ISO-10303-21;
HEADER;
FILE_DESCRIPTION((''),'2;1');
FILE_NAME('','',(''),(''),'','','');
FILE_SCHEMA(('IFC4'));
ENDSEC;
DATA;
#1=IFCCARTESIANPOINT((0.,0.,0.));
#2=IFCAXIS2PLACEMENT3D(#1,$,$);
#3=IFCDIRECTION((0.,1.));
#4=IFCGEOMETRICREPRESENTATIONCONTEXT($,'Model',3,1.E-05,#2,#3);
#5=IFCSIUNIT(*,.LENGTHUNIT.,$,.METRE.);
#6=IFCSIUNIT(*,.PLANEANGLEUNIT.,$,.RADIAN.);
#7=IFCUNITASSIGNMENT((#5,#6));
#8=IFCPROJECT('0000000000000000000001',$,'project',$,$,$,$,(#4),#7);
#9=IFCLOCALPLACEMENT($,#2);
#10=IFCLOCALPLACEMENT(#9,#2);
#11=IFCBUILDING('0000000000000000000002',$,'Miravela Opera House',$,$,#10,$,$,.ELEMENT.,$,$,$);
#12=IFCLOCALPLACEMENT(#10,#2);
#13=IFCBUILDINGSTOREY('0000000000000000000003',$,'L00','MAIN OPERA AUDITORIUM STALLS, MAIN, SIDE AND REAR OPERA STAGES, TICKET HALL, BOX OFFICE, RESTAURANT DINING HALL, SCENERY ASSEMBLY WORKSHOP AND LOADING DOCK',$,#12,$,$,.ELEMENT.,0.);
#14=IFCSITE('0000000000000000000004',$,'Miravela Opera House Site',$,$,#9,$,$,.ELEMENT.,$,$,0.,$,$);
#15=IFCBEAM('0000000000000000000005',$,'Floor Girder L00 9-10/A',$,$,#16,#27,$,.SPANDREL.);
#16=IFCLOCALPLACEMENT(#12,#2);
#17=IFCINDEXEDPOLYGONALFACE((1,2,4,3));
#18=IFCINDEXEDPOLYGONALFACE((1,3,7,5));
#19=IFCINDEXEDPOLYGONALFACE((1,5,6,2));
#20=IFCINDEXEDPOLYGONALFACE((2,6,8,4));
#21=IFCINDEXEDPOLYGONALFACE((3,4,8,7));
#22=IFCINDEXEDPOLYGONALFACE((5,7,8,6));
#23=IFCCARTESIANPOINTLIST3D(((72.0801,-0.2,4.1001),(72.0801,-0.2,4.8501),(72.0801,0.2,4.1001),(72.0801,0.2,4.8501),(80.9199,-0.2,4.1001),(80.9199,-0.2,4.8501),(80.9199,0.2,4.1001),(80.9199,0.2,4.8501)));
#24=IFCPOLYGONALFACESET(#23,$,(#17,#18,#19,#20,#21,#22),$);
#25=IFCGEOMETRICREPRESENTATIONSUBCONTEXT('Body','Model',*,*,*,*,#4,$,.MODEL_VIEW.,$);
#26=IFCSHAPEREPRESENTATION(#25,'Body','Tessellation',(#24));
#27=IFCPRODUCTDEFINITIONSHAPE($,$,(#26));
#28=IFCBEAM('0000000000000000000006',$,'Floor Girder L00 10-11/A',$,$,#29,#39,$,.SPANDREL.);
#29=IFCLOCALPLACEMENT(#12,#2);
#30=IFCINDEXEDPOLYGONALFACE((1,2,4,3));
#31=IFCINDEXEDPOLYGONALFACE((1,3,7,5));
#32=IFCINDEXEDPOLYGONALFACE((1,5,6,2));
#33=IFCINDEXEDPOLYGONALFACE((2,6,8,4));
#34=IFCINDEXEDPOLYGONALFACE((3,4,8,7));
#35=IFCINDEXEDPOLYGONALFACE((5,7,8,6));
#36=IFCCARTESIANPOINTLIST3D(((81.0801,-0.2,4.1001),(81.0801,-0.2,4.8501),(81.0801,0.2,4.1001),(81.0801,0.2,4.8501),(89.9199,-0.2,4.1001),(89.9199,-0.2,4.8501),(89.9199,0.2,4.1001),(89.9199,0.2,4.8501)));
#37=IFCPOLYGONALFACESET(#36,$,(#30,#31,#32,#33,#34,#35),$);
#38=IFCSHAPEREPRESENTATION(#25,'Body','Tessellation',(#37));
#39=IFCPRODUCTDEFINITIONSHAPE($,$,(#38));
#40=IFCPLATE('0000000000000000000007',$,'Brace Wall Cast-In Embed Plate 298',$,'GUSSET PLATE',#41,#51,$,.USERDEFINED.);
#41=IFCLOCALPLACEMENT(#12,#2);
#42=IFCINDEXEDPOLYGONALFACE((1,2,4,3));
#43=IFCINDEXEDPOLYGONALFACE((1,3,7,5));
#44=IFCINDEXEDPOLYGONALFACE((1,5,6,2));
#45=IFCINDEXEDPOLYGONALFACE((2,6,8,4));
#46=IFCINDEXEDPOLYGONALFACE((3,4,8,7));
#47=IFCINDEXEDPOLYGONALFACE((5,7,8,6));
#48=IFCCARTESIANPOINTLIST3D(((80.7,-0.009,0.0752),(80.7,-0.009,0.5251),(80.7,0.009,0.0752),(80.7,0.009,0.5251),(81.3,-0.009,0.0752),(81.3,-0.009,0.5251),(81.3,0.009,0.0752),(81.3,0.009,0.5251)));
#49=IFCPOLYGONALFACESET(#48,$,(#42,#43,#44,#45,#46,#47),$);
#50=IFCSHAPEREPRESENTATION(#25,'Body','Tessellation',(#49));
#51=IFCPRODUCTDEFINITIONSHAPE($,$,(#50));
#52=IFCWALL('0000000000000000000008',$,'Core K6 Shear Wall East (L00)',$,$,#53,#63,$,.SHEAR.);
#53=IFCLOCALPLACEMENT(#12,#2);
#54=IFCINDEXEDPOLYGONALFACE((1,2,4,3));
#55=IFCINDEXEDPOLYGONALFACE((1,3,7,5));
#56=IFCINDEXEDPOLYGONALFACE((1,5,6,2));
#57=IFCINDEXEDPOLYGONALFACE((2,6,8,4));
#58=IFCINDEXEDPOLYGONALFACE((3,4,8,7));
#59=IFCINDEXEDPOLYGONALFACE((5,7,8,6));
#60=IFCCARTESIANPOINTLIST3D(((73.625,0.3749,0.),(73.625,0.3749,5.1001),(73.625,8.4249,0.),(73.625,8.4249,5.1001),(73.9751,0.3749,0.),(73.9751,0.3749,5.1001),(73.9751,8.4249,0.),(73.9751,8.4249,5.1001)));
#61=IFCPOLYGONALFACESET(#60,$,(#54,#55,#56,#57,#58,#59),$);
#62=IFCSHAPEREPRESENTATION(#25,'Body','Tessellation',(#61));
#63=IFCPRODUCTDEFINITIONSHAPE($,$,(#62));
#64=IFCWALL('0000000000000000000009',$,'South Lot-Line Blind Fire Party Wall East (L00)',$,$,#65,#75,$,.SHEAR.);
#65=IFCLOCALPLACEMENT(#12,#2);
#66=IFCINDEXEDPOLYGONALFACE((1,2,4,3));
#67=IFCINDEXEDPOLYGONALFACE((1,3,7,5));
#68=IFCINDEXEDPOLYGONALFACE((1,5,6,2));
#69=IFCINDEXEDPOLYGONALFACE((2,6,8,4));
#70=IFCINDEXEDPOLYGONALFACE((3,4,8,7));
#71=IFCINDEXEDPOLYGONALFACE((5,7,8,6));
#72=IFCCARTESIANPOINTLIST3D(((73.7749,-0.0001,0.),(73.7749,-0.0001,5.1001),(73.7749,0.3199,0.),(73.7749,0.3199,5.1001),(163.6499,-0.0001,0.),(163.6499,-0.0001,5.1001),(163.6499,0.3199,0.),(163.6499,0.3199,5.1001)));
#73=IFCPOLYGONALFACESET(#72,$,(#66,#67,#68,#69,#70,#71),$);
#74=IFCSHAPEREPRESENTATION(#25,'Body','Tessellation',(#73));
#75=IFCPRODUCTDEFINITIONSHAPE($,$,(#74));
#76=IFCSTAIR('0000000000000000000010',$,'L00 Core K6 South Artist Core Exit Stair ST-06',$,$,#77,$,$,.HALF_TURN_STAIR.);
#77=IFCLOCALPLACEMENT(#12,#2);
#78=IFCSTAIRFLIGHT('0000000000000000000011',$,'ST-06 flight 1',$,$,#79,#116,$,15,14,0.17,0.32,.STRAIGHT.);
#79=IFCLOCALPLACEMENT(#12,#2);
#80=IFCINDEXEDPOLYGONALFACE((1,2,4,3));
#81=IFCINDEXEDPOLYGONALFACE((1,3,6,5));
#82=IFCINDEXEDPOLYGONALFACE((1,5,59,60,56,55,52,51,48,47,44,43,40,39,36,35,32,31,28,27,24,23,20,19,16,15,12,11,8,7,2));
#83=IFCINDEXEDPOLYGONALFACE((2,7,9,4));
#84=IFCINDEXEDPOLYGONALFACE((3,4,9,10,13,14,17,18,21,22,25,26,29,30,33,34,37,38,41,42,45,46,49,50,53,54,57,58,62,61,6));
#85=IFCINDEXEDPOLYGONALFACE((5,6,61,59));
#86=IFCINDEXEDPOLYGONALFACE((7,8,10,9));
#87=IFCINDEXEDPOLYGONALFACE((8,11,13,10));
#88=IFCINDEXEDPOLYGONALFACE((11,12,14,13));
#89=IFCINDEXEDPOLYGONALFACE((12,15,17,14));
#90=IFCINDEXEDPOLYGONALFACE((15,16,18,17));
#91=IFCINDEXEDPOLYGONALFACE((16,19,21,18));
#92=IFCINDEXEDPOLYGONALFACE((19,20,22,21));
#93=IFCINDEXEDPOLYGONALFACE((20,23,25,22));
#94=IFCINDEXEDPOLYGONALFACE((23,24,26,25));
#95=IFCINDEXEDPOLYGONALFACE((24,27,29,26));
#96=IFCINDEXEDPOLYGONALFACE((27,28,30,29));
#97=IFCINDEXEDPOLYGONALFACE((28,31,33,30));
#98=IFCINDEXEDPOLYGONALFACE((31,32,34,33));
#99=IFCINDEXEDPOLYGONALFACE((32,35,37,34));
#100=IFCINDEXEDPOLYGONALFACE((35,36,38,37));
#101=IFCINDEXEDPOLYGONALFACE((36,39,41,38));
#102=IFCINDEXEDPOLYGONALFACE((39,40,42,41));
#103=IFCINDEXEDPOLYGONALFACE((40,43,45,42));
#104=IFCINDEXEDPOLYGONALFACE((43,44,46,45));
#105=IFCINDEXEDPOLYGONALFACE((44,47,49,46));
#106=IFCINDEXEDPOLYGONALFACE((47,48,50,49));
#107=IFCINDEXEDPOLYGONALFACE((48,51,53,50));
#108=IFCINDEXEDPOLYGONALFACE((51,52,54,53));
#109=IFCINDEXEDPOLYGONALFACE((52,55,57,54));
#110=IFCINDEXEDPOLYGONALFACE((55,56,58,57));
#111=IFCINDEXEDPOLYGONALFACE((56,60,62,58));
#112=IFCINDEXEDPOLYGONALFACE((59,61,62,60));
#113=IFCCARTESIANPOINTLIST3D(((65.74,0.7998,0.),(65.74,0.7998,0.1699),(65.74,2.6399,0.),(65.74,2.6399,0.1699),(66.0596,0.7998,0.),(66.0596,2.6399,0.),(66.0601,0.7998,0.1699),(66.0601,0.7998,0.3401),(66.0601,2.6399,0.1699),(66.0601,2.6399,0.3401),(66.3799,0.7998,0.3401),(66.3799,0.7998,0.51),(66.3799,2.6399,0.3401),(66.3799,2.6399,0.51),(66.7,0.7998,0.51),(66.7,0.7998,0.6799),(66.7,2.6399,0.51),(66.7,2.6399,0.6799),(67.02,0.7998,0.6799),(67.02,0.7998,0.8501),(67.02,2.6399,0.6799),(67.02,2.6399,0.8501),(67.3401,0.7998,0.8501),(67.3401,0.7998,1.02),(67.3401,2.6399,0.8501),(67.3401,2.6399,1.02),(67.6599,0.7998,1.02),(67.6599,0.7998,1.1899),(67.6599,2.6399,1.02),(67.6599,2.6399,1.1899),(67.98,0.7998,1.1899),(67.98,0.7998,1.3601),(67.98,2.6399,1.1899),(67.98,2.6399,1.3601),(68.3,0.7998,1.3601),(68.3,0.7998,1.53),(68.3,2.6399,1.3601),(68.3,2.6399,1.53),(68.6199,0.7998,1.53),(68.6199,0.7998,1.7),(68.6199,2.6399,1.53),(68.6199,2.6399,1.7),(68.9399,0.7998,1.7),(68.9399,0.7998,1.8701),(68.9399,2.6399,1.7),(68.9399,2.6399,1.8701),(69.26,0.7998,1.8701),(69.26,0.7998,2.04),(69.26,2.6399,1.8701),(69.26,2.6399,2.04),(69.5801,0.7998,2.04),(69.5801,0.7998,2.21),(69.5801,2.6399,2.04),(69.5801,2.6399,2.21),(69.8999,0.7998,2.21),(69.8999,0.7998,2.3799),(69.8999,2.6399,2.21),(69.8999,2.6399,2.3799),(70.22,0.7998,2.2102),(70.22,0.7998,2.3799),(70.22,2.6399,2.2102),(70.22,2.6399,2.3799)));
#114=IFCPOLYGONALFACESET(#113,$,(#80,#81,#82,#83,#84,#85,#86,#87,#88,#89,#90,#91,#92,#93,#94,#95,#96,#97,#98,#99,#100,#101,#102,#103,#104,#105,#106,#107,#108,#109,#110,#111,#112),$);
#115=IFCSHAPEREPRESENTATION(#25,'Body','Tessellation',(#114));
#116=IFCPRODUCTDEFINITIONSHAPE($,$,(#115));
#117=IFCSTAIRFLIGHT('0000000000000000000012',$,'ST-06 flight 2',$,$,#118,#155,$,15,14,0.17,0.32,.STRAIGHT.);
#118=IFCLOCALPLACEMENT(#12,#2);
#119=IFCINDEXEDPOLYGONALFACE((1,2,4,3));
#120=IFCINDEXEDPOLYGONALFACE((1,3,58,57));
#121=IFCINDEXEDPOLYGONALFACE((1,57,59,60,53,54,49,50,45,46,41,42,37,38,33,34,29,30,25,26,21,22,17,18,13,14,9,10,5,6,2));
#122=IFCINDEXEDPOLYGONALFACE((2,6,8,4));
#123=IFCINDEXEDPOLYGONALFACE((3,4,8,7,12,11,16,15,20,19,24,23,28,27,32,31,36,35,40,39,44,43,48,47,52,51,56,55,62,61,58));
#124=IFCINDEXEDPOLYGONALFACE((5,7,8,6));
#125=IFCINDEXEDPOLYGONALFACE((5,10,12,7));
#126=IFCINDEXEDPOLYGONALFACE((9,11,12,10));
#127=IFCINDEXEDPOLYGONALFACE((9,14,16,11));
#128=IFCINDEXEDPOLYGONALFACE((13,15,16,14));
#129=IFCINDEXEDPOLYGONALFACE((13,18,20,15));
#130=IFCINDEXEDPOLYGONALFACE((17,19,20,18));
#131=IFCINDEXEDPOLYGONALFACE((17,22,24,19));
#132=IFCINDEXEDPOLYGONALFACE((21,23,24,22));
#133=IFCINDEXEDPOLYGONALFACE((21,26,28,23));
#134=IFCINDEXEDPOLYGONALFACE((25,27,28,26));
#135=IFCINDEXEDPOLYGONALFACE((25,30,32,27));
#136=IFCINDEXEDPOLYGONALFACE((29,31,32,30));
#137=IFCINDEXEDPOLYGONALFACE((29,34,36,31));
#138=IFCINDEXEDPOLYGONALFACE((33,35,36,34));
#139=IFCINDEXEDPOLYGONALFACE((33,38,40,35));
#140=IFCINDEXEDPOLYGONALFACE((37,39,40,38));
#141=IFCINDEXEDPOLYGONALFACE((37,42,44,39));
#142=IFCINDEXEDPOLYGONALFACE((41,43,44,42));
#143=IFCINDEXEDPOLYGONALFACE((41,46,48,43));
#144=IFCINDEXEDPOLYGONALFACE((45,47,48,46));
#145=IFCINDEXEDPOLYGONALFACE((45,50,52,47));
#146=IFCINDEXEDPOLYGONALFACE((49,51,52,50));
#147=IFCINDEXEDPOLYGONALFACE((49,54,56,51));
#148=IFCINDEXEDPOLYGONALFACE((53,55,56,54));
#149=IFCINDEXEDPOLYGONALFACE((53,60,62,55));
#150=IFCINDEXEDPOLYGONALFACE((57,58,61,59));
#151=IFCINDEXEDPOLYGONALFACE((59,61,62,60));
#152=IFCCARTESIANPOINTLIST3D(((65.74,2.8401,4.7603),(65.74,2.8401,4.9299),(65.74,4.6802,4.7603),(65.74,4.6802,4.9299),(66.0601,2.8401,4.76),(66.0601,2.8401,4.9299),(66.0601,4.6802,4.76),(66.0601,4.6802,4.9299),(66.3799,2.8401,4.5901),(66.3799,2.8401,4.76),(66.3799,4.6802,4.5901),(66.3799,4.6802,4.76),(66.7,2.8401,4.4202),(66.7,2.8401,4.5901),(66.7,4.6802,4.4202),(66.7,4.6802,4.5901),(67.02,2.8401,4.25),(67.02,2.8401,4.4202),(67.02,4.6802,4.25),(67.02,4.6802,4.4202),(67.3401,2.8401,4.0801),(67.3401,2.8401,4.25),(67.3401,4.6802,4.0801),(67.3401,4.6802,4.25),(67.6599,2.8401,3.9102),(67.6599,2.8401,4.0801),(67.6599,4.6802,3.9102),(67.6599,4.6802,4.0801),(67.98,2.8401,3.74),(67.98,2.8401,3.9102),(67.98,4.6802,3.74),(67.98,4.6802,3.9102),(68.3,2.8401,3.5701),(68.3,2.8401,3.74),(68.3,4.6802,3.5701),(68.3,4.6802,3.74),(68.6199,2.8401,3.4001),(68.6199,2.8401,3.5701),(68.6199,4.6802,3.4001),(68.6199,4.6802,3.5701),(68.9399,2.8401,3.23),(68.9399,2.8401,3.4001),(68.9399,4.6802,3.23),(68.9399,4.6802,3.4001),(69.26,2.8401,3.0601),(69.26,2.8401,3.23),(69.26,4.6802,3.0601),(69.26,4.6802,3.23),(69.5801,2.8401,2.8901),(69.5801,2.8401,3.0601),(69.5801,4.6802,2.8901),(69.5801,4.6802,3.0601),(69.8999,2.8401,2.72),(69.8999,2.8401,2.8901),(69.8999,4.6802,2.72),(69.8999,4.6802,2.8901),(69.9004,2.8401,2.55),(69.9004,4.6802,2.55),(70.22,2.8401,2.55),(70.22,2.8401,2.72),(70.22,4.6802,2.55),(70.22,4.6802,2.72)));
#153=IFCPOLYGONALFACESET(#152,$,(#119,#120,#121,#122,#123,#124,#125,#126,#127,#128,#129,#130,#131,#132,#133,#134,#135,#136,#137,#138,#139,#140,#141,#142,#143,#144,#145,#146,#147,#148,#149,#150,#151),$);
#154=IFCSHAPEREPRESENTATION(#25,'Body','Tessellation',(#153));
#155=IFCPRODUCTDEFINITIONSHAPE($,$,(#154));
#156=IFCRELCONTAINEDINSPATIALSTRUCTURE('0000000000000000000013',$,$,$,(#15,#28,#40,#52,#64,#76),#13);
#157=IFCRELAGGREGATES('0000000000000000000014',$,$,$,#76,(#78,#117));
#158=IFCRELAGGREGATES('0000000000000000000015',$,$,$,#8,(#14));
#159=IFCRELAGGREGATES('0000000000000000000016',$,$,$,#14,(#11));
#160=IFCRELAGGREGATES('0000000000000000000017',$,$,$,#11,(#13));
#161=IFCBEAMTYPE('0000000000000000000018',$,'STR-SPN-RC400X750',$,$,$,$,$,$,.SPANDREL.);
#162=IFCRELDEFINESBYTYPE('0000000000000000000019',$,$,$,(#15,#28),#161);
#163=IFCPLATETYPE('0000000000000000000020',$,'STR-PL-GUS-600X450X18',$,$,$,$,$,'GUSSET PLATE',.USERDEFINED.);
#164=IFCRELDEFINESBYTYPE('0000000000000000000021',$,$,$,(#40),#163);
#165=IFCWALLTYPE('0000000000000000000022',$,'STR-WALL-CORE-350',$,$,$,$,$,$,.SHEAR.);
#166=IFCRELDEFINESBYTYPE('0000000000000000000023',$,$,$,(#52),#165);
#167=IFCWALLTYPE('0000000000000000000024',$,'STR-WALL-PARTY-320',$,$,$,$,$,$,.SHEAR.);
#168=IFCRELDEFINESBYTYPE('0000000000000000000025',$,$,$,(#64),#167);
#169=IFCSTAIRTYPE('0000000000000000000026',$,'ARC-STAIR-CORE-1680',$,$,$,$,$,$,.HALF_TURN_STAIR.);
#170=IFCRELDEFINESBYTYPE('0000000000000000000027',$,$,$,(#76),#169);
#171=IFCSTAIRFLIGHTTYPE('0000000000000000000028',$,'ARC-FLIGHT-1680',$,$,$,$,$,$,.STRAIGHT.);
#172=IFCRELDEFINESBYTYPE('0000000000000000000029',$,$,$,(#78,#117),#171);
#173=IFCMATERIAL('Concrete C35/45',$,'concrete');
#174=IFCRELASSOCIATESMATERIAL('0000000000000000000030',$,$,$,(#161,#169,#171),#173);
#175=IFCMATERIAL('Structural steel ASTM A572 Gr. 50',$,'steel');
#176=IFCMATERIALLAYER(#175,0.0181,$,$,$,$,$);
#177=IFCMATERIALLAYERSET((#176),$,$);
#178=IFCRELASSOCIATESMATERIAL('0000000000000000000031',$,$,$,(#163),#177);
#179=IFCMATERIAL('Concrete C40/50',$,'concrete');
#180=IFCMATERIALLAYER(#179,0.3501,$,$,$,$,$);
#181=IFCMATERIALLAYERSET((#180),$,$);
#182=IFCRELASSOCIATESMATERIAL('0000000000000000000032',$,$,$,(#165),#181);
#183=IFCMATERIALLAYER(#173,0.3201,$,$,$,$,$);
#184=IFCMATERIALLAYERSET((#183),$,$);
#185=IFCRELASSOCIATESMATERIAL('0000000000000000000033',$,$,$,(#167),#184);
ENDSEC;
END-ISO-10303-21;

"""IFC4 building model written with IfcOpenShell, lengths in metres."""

from ifc_helpers import new_model, si_unit, direction, frame, frame_2d, origin, origin_2d, place, context, subcontext, project, spatial, polyline, rectangle, outline, extrude, material, layer, layer_set, material_profile, profile_set, type_object, element, aggregate, save


model = new_model("IFC4")

# Units and contexts
model_context = context("Model", 3, precision=1e-05, world=origin(), true_north=direction((0.0, 1.0)))
body_context = subcontext(model_context, "Body", "Model", "MODEL_VIEW")
ifc_project = project(units=[si_unit("LENGTHUNIT", "METRE"), si_unit("PLANEANGLEUNIT", "RADIAN")], contexts=[model_context])

# Site, building, storey
site_placement = place(None, origin())
site = spatial("IfcSite", under=ifc_project, at=site_placement, Name="Miravela Opera House Site", CompositionType="ELEMENT", RefElevation=0.0)
building_placement = place(site_placement, origin())
building = spatial("IfcBuilding", under=site, at=building_placement, Name="Miravela Opera House", CompositionType="ELEMENT")
storey_placement = place(building_placement, origin())
storey = spatial("IfcBuildingStorey", under=building, at=storey_placement, Name="L00", Description="MAIN OPERA AUDITORIUM STALLS, MAIN, SIDE AND REAR OPERA STAGES, TICKET HALL, BOX OFFICE, RESTAURANT DINING HALL, SCENERY ASSEMBLY WORKSHOP AND LOADING DOCK", CompositionType="ELEMENT", Elevation=0.0)

# Shared definitions
ifc_material_1 = material(Name="Concrete C35/45", Category="concrete")

# Beams
ifc_material_profile_1 = material_profile(ifc_material_1, rectangle(XDim=0.3999, YDim=0.75, at=origin_2d()), Name="RC-SPN-400X750")
ifc_profile_set_1 = profile_set([ifc_material_profile_1])
beam_type_1 = type_object("IfcBeamType", Name="STR-SPN-RC400X750", PredefinedType="SPANDREL", material=ifc_profile_set_1)
for number, where, z_axis, x_axis, name in (
    (1, (72.0801, 0.0, 4.4751), (1.0, 0.0, 0.0), (0.0, 1.0, 0.0), "Floor Girder L00 9-10/A"),
    (2, (81.0801, 0.0, 4.4751), (1.0, 0.0, 0.0), (0.0, 1.0, 0.0), "Floor Girder L00 10-11/A"),
):
    element("IfcBeam", number, at=place(storey_placement, frame(where, z_axis=z_axis, x_axis=x_axis)), inside=storey, type_object=beam_type_1, Name=name, PredefinedType="SPANDREL", context=body_context, shape_type="SweptSolid", body=[
        extrude(rectangle(XDim=0.3999, YDim=0.75, at=origin_2d()), origin(), (0.0, 0.0, 1.0), 8.8398),
    ])

# Plate
ifc_material_2 = material(Name="Structural steel ASTM A572 Gr. 50", Category="steel")
ifc_layer_1 = layer(ifc_material_2, 0.0181)
ifc_layer_set_1 = layer_set([ifc_layer_1])
plate_type = type_object("IfcPlateType", Name="STR-PL-GUS-600X450X18", ElementType="GUSSET PLATE", PredefinedType="USERDEFINED", material=ifc_layer_set_1)
plate_placement = place(storey_placement, frame((81.0, 0.0, 0.0752), z_axis=(0.0, 0.0, 1.0), x_axis=(1.0, 0.0, 0.0)))
element("IfcPlate", 3, at=plate_placement, inside=storey, type_object=plate_type, Name="Brace Wall Cast-In Embed Plate 298", ObjectType="GUSSET PLATE", PredefinedType="USERDEFINED", context=body_context, shape_type="SweptSolid", body=[
    extrude(rectangle(XDim=0.6001, YDim=0.0181, at=origin_2d()), origin(), (0.0, 0.0, 1.0), 0.45),
])

# Walls
ifc_material_3 = material(Name="Concrete C40/50", Category="concrete")
ifc_layer_2 = layer(ifc_material_3, 0.3501)
ifc_layer_set_2 = layer_set([ifc_layer_2])
wall_type_1 = type_object("IfcWallType", Name="STR-WALL-CORE-350", PredefinedType="SHEAR", material=ifc_layer_set_2)
wall_1_placement = place(storey_placement, frame((73.8, 0.375, 0.0), z_axis=(0.0, 0.0, 1.0), x_axis=(0.0, 1.0, 0.0)))
element("IfcWall", 4, at=wall_1_placement, inside=storey, type_object=wall_type_1, Name="Core K6 Shear Wall East (L00)", PredefinedType="SHEAR", context=body_context, shape_type="SweptSolid", body=[
    extrude(rectangle(XDim=8.05, YDim=0.3501, at=frame_2d((4.0249, 0.0))), origin(), (0.0, 0.0, 1.0), 5.1001),
])
ifc_layer_3 = layer(ifc_material_1, 0.3201)
ifc_layer_set_3 = layer_set([ifc_layer_3])
wall_type_2 = type_object("IfcWallType", Name="STR-WALL-PARTY-320", PredefinedType="SHEAR", material=ifc_layer_set_3)
wall_2_placement = place(storey_placement, frame((73.7749, 0.1599, 0.0), z_axis=(0.0, 0.0, 1.0), x_axis=(1.0, 0.0, 0.0)))
element("IfcWall", 5, at=wall_2_placement, inside=storey, type_object=wall_type_2, Name="South Lot-Line Blind Fire Party Wall East (L00)", PredefinedType="SHEAR", context=body_context, shape_type="SweptSolid", body=[
    extrude(rectangle(XDim=89.875, YDim=0.3201, at=frame_2d((44.9375, 0.0))), origin(), (0.0, 0.0, 1.0), 5.1001),
])

# Stair, stair flights
stair_type = type_object("IfcStairType", Name="ARC-STAIR-CORE-1680", PredefinedType="HALF_TURN_STAIR", material=ifc_material_1)
stair_placement = place(storey_placement, origin())
stair = element("IfcStair", 6, at=stair_placement, inside=storey, type_object=stair_type, Name="L00 Core K6 South Artist Core Exit Stair ST-06", PredefinedType="HALF_TURN_STAIR")
stair_flight_type = type_object("IfcStairFlightType", Name="ARC-FLIGHT-1680", PredefinedType="STRAIGHT", material=ifc_material_1)
stair_flight_1_placement = place(storey_placement, frame((65.74, 1.72, 0.0), z_axis=(0.0, 0.0, 1.0), x_axis=(1.0, 0.0, 0.0)))
stair_flight_1 = element("IfcStairFlight", 7, at=stair_flight_1_placement, type_object=stair_flight_type, Name="ST-06 flight 1", NumberOfRisers=15, NumberOfTreads=14, PredefinedType="STRAIGHT", RiserHeight=0.17, TreadLength=0.32, context=body_context, shape_type="SweptSolid", body=[
    extrude(outline(polyline([(0.0, 0.0), (0.0, 0.1699), (0.3201, 0.1699), (0.3201, 0.3401), (0.6399, 0.3401), (0.6399, 0.51), (0.96, 0.51), (0.96, 0.6799), (1.28, 0.6799), (1.28, 0.8501), (1.6001, 0.8501), (1.6001, 1.02), (1.9199, 1.02), (1.9199, 1.1899), (2.24, 1.1899), (2.24, 1.3601), (2.5601, 1.3601), (2.5601, 1.53), (2.8799, 1.53), (2.8799, 1.7), (3.2, 1.7), (3.2, 1.8701), (3.52, 1.8701), (3.52, 2.04), (3.8401, 2.04), (3.8401, 2.21), (4.1599, 2.21), (4.1599, 2.3799), (4.48, 2.3799), (4.48, 2.55), (4.48, 2.2102), (0.3196, 0.0), (0.0, 0.0)])), frame((0.0, 0.9199, 0.0), z_axis=(0.0, -1.0, 0.0), x_axis=(1.0, 0.0, 0.0)), (0.0, 0.0, 1.0), 1.8401),
])
stair_flight_2_placement = place(storey_placement, frame((70.22, 3.76, 2.55), z_axis=(0.0, 0.0, 1.0), x_axis=(-1.0, 0.0, 0.0)))
stair_flight_2 = element("IfcStairFlight", 8, at=stair_flight_2_placement, type_object=stair_flight_type, Name="ST-06 flight 2", NumberOfRisers=15, NumberOfTreads=14, PredefinedType="STRAIGHT", RiserHeight=0.17, TreadLength=0.32, context=body_context, shape_type="SweptSolid", body=[
    extrude(outline(polyline([(0.0, 0.0), (0.0, 0.1699), (0.3201, 0.1699), (0.3201, 0.3401), (0.6399, 0.3401), (0.6399, 0.51), (0.96, 0.51), (0.96, 0.6799), (1.28, 0.6799), (1.28, 0.8501), (1.6001, 0.8501), (1.6001, 1.02), (1.9199, 1.02), (1.9199, 1.1899), (2.24, 1.1899), (2.24, 1.3601), (2.5601, 1.3601), (2.5601, 1.53), (2.8799, 1.53), (2.8799, 1.7), (3.2, 1.7), (3.2, 1.8701), (3.52, 1.8701), (3.52, 2.04), (3.8401, 2.04), (3.8401, 2.21), (4.1599, 2.21), (4.1599, 2.3799), (4.48, 2.3799), (4.48, 2.55), (4.48, 2.2102), (0.3196, 0.0), (0.0, 0.0)])), frame((0.0, 0.9199, 0.0), z_axis=(0.0, -1.0, 0.0), x_axis=(1.0, 0.0, 0.0)), (0.0, 0.0, 1.0), 1.8401),
])
aggregate(stair, [stair_flight_1, stair_flight_2])

save(model, "model.ifc")
